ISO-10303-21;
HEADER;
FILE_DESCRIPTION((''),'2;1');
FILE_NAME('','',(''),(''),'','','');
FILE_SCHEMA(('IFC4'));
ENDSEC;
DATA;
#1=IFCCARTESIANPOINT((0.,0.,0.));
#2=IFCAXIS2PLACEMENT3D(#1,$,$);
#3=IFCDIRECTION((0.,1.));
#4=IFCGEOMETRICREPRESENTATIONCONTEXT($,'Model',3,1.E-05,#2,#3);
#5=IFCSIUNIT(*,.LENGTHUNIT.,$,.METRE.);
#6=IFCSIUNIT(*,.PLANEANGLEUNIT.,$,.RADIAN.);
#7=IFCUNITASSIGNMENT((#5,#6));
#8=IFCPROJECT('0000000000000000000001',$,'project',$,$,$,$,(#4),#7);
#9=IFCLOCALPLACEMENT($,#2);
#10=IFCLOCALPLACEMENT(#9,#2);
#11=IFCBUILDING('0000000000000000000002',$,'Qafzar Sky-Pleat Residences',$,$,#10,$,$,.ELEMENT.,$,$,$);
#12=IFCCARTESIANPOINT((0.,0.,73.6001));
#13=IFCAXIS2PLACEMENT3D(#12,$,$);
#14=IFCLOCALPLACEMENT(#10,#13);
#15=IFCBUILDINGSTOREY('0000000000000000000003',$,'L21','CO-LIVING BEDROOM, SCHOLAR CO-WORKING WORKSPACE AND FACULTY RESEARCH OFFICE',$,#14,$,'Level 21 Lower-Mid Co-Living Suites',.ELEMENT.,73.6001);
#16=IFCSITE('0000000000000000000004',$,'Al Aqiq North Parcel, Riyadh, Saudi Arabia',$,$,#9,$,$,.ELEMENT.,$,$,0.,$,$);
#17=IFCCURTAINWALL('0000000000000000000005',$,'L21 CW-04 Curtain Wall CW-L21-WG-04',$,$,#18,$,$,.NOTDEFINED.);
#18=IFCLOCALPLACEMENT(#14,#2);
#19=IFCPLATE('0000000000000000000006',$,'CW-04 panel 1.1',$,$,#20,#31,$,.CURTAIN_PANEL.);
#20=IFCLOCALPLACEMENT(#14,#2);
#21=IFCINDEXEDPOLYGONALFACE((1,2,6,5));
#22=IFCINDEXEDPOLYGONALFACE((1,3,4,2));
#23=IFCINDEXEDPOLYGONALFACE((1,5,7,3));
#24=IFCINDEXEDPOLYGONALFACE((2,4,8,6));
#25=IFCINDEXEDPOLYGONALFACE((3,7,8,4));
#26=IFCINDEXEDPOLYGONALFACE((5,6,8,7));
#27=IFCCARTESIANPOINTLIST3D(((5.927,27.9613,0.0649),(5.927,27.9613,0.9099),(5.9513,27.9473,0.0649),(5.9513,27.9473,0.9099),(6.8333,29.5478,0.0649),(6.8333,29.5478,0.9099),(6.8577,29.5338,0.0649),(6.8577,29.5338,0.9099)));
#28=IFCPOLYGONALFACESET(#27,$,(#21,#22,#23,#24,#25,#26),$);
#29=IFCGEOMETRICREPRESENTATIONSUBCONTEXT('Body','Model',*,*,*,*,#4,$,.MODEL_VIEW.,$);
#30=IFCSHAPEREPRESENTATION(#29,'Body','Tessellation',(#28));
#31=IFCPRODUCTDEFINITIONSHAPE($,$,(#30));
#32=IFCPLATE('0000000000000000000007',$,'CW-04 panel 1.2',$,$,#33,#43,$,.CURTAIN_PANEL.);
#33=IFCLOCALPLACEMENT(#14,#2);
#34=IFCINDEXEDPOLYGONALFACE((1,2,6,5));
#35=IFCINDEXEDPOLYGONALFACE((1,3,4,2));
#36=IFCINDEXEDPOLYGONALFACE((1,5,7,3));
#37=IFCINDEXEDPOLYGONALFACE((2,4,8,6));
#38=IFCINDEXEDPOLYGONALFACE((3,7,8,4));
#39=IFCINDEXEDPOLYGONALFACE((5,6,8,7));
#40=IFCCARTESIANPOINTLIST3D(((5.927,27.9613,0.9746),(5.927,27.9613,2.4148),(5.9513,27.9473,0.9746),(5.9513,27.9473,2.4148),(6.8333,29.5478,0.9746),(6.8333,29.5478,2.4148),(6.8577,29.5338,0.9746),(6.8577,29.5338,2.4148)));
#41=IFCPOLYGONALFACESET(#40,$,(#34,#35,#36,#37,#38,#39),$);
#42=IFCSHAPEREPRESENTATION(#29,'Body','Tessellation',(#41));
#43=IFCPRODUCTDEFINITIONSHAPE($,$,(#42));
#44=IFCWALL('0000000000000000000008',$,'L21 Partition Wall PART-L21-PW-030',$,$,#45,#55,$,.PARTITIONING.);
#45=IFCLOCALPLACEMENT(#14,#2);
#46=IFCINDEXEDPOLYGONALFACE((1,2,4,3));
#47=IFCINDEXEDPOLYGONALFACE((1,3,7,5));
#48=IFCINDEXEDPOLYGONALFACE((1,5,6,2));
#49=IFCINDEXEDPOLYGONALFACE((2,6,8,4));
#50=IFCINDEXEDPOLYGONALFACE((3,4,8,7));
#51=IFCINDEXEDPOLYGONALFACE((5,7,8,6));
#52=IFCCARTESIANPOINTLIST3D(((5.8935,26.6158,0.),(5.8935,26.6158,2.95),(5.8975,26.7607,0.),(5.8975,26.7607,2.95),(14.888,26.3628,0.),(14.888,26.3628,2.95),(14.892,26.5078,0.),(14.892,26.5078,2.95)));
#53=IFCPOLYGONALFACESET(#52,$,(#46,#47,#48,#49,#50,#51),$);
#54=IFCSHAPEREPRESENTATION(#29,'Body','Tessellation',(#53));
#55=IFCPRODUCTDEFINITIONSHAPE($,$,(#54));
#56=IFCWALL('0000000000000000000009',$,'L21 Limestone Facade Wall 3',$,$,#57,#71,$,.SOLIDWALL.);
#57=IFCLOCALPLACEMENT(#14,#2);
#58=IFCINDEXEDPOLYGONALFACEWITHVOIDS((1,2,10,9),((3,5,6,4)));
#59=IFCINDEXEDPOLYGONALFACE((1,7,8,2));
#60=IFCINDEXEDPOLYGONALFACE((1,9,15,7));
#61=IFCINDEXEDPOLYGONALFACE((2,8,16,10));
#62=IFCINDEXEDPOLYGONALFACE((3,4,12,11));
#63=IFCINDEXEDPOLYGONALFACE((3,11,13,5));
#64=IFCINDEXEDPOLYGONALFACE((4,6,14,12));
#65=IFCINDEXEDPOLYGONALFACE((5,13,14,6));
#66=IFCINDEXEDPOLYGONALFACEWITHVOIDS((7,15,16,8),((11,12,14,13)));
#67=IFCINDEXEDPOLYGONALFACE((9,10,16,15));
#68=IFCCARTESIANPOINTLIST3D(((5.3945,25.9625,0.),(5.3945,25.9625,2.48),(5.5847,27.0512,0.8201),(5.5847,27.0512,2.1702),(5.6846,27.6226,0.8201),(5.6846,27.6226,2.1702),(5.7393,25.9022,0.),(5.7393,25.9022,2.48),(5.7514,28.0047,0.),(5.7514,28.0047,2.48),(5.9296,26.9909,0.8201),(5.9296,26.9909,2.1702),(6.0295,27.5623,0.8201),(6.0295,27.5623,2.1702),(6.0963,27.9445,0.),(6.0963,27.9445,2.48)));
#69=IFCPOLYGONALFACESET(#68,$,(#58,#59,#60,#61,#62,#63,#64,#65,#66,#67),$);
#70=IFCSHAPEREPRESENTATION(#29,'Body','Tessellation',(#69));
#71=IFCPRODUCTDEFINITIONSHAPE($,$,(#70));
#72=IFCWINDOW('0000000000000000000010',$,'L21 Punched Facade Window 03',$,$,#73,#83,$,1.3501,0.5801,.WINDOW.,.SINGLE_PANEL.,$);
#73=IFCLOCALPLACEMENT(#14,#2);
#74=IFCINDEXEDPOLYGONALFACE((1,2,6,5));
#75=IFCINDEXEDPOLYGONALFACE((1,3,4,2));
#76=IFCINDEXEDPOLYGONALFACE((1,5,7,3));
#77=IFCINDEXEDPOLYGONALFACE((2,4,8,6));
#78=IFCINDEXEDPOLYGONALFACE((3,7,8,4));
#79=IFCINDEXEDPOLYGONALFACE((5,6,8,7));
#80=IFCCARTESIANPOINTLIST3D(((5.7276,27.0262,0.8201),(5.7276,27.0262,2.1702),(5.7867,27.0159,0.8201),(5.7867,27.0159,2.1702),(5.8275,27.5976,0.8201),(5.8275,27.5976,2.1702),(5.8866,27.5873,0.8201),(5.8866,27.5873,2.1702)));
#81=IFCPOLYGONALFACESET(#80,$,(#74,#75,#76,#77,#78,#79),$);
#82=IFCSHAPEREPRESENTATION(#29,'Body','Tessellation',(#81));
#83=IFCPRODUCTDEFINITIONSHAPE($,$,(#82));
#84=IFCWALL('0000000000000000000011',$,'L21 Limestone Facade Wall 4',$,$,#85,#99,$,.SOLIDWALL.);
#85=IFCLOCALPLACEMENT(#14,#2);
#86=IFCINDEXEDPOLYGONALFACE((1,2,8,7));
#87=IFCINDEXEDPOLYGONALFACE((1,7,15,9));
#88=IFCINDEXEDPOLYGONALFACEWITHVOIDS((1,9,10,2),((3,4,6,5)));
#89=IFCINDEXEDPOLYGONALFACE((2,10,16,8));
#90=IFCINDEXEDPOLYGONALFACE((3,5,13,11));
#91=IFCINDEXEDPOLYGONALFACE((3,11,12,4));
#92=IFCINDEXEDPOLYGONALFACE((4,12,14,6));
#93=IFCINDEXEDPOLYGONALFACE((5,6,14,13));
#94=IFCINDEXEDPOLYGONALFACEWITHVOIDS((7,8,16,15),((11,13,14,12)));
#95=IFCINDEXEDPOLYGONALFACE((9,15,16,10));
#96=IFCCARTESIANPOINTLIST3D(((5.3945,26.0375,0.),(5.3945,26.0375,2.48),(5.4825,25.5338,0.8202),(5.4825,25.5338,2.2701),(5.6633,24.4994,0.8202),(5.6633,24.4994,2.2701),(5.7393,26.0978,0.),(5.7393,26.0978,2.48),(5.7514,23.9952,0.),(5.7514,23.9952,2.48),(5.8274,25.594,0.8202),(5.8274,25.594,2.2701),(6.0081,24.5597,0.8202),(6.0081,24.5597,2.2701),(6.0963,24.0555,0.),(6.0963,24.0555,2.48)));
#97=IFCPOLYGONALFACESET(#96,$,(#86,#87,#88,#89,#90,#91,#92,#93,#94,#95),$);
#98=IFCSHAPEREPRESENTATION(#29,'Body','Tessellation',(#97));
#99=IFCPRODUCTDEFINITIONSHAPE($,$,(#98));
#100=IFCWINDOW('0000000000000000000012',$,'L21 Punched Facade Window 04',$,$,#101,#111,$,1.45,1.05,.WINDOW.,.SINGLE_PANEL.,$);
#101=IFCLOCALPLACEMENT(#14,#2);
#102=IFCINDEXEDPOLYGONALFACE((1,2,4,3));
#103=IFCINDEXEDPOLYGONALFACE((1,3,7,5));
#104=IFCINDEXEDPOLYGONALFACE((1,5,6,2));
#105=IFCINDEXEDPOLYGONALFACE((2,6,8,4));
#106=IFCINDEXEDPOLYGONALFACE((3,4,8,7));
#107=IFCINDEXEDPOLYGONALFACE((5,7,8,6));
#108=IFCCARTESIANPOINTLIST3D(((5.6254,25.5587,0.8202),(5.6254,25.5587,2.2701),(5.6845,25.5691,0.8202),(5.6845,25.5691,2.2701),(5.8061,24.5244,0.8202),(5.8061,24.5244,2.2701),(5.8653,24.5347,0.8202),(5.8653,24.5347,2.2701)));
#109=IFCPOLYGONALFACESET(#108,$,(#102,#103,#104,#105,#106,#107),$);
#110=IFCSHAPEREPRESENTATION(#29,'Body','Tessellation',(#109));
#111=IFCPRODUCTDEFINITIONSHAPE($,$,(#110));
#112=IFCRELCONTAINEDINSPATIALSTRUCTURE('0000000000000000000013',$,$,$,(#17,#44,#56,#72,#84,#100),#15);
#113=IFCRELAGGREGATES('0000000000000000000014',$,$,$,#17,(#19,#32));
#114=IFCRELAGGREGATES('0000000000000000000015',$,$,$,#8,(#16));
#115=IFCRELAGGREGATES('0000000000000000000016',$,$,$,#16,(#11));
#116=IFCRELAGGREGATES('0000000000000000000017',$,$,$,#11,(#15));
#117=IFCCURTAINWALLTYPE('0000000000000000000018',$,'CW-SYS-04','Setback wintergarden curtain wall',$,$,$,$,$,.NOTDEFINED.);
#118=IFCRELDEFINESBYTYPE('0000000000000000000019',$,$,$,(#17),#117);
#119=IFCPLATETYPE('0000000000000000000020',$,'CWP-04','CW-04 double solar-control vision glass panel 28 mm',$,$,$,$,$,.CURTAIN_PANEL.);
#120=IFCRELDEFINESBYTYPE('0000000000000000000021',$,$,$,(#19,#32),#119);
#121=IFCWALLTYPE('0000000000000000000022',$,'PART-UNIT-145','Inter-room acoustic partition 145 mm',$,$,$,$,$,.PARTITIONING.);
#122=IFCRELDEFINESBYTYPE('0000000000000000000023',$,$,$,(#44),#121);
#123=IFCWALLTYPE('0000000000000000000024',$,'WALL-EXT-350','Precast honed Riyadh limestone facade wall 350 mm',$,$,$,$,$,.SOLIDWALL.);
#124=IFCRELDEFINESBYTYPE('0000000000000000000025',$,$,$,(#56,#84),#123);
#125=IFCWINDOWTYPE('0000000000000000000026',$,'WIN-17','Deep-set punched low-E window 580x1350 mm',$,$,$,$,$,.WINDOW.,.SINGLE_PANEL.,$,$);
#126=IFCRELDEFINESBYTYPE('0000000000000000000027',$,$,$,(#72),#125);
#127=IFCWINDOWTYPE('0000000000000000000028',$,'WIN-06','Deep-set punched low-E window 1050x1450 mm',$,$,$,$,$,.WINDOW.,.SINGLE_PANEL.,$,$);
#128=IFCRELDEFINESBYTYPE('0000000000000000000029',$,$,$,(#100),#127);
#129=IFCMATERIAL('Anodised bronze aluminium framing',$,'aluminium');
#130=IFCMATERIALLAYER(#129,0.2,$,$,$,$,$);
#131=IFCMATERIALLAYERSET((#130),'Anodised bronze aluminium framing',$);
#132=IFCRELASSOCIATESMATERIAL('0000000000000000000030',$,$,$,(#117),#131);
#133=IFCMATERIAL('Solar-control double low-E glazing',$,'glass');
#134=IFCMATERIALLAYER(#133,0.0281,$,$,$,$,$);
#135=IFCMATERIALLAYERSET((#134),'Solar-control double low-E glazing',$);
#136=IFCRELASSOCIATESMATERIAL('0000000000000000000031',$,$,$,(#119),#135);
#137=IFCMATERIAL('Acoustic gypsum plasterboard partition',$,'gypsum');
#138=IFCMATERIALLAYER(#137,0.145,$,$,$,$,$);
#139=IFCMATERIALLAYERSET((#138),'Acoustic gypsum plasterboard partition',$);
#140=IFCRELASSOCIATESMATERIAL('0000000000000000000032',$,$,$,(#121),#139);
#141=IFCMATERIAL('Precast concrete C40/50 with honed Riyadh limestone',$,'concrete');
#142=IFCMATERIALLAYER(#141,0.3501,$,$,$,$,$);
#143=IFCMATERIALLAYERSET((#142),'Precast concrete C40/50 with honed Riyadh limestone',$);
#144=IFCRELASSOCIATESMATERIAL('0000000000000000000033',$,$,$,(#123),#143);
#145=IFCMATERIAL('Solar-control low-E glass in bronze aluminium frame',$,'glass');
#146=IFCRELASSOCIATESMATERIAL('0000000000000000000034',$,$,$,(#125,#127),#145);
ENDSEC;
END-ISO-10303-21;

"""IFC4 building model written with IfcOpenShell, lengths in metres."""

from ifc_helpers import new_model, si_unit, direction, frame, frame_2d, origin, origin_2d, place, context, subcontext, project, spatial, rectangle, extrude, source, transform, mapped, material, layer, layer_set, type_object, element, fill, aggregate, save


model = new_model("IFC4")

# Units and contexts
model_context = context("Model", 3, precision=1e-05, world=origin(), true_north=direction((0.0, 1.0)))
body_context = subcontext(model_context, "Body", "Model", "MODEL_VIEW")
ifc_project = project(units=[si_unit("LENGTHUNIT", "METRE"), si_unit("PLANEANGLEUNIT", "RADIAN")], contexts=[model_context])

# Site, building, storey
site_placement = place(None, origin())
site = spatial("IfcSite", under=ifc_project, at=site_placement, Name="Al Aqiq North Parcel, Riyadh, Saudi Arabia", CompositionType="ELEMENT", RefElevation=0.0)
building_placement = place(site_placement, origin())
building = spatial("IfcBuilding", under=site, at=building_placement, Name="Qafzar Sky-Pleat Residences", CompositionType="ELEMENT")
storey_placement = place(building_placement, frame((0.0, 0.0, 73.6001)))
storey = spatial("IfcBuildingStorey", under=building, at=storey_placement, Name="L21", Description="CO-LIVING BEDROOM, SCHOLAR CO-WORKING WORKSPACE AND FACULTY RESEARCH OFFICE", LongName="Level 21 Lower-Mid Co-Living Suites", CompositionType="ELEMENT", Elevation=73.6001)

# Curtain wall
ifc_material_1 = material(Name="Anodised bronze aluminium framing", Category="aluminium")
ifc_layer_1 = layer(ifc_material_1, 0.2)
ifc_layer_set_1 = layer_set([ifc_layer_1], Name="Anodised bronze aluminium framing")
curtain_wall_type = type_object("IfcCurtainWallType", Name="CW-SYS-04", Description="Setback wintergarden curtain wall", PredefinedType="NOTDEFINED", material=ifc_layer_set_1)
curtain_wall_1_placement = place(storey_placement, origin())
curtain_wall_1 = element("IfcCurtainWall", 1, at=curtain_wall_1_placement, inside=storey, type_object=curtain_wall_type, Name="L21 CW-04 Curtain Wall CW-L21-WG-04", PredefinedType="NOTDEFINED")

# Plates
ifc_material_2 = material(Name="Solar-control double low-E glazing", Category="glass")
ifc_layer_2 = layer(ifc_material_2, 0.0281)
ifc_layer_set_2 = layer_set([ifc_layer_2], Name="Solar-control double low-E glazing")
plate_type = type_object("IfcPlateType", Name="CWP-04", Description="CW-04 double solar-control vision glass panel 28 mm", PredefinedType="CURTAIN_PANEL", material=ifc_layer_set_2)
shared_shape_1 = source(origin(), body_context, "Body", "SweptSolid", [
    extrude(rectangle(XDim=1.8271, YDim=0.0281, at=origin_2d()), origin(), (0.0, 0.0, 1.0), 0.845),
])
plate_1_placement = place(storey_placement, frame((6.3923, 28.7476, 0.0649), z_axis=(0.0, 0.0, 1.0), x_axis=(-0.496051, -0.868293, 0.0)))
plate_1 = element("IfcPlate", 2, at=plate_1_placement, type_object=plate_type, Name="CW-04 panel 1.1", PredefinedType="CURTAIN_PANEL", context=body_context, shape_type="MappedRepresentation", body=[
    mapped(shared_shape_1, transform((0.0, 0.0, 0.0), x_axis=(1.0, 0.0, 0.0), y_axis=(0.0, 1.0, 0.0), z_axis=(0.0, 0.0, 1.0), scale=1.0)),
])
shared_shape_2 = source(origin(), body_context, "Body", "SweptSolid", [
    extrude(rectangle(XDim=1.8271, YDim=0.0281, at=origin_2d()), origin(), (0.0, 0.0, 1.0), 1.4402),
])
plate_2_placement = place(storey_placement, frame((6.3923, 28.7476, 0.9746), z_axis=(0.0, 0.0, 1.0), x_axis=(-0.496051, -0.868293, 0.0)))
plate_2 = element("IfcPlate", 3, at=plate_2_placement, type_object=plate_type, Name="CW-04 panel 1.2", PredefinedType="CURTAIN_PANEL", context=body_context, shape_type="MappedRepresentation", body=[
    mapped(shared_shape_2, transform((0.0, 0.0, 0.0), x_axis=(1.0, 0.0, 0.0), y_axis=(0.0, 1.0, 0.0), z_axis=(0.0, 0.0, 1.0), scale=1.0)),
])
aggregate(curtain_wall_1, [plate_1, plate_2])

# Wall
ifc_material_3 = material(Name="Acoustic gypsum plasterboard partition", Category="gypsum")
ifc_layer_3 = layer(ifc_material_3, 0.145)
ifc_layer_set_3 = layer_set([ifc_layer_3], Name="Acoustic gypsum plasterboard partition")
wall_type_1 = type_object("IfcWallType", Name="PART-UNIT-145", Description="Inter-room acoustic partition 145 mm", PredefinedType="PARTITIONING", material=ifc_layer_set_3)
wall_1_placement = place(storey_placement, frame((5.8955, 26.6882, 0.0), z_axis=(0.0, 0.0, 1.0), x_axis=(0.999605, -0.02811, 0.0)))
element("IfcWall", 4, at=wall_1_placement, inside=storey, type_object=wall_type_1, Name="L21 Partition Wall PART-L21-PW-030", PredefinedType="PARTITIONING", context=body_context, shape_type="SweptSolid", body=[
    extrude(rectangle(XDim=8.998, YDim=0.145, at=frame_2d((4.499, 0.0))), origin(), (0.0, 0.0, 1.0), 2.95),
])

# Walls, openings, windows
ifc_material_4 = material(Name="Precast concrete C40/50 with honed Riyadh limestone", Category="concrete")
ifc_layer_4 = layer(ifc_material_4, 0.3501)
ifc_layer_set_4 = layer_set([ifc_layer_4], Name="Precast concrete C40/50 with honed Riyadh limestone")
wall_type_2 = type_object("IfcWallType", Name="WALL-EXT-350", Description="Precast honed Riyadh limestone facade wall 350 mm", PredefinedType="SOLIDWALL", material=ifc_layer_set_4)
wall_2_placement = place(storey_placement, frame((5.9238, 27.9746, 0.0), z_axis=(0.0, 0.0, 1.0), x_axis=(-0.172166, -0.985068, 0.0)))
wall_2 = element("IfcWall", 5, at=wall_2_placement, inside=storey, type_object=wall_type_2, Name="L21 Limestone Facade Wall 3", PredefinedType="SOLIDWALL", context=body_context, shape_type="SweptSolid", body=[
    extrude(rectangle(XDim=2.0732, YDim=0.3501, at=frame_2d((1.0366, 0.0))), origin(), (0.0, 0.0, 1.0), 2.48),
])
opening_1_placement = place(wall_2_placement, frame((0.3879, 0.0, 0.8201)))
opening_1 = element("IfcOpeningElement", 6, at=opening_1_placement, cuts=wall_2, PredefinedType="OPENING", context=body_context, shape_type="SweptSolid", body=[
    extrude(rectangle(XDim=0.5801, YDim=1.3501, at=frame_2d((0.29, 0.675))), frame((0.0, 0.1851, 0.0), z_axis=(0.0, -1.0, 0.0), x_axis=(1.0, 0.0, 0.0)), (0.0, 0.0, 1.0), 0.3701),
])
ifc_material_5 = material(Name="Solar-control low-E glass in bronze aluminium frame", Category="glass")
window_type_1 = type_object("IfcWindowType", Name="WIN-17", Description="Deep-set punched low-E window 580x1350 mm", PartitioningType="SINGLE_PANEL", PredefinedType="WINDOW", material=ifc_material_5)
shared_shape_3 = source(origin(), body_context, "Body", "SweptSolid", [
    extrude(rectangle(XDim=0.5801, YDim=1.3501, at=frame_2d((0.29, 0.675))), frame((0.0, 0.03, 0.0), z_axis=(0.0, -1.0, 0.0), x_axis=(1.0, 0.0, 0.0)), (0.0, 0.0, 1.0), 0.0601),
])
window_1_placement = place(opening_1_placement, origin())
window_1 = element("IfcWindow", 7, at=window_1_placement, inside=storey, type_object=window_type_1, Name="L21 Punched Facade Window 03", OverallHeight=1.3501, OverallWidth=0.5801, PartitioningType="SINGLE_PANEL", PredefinedType="WINDOW", context=body_context, shape_type="MappedRepresentation", body=[
    mapped(shared_shape_3, transform((0.0, 0.0, 0.0), x_axis=(1.0, 0.0, 0.0), y_axis=(0.0, 1.0, 0.0), z_axis=(0.0, 0.0, 1.0), scale=1.0)),
])
fill(opening_1, window_1)
wall_3_placement = place(storey_placement, frame((5.5669, 26.0676, 0.0), z_axis=(0.0, 0.0, 1.0), x_axis=(0.172166, -0.985068, 0.0)))
wall_3 = element("IfcWall", 8, at=wall_3_placement, inside=storey, type_object=wall_type_2, Name="L21 Limestone Facade Wall 4", PredefinedType="SOLIDWALL", context=body_context, shape_type="SweptSolid", body=[
    extrude(rectangle(XDim=2.0732, YDim=0.3501, at=frame_2d((1.0366, 0.0))), origin(), (0.0, 0.0, 1.0), 2.48),
])
opening_2_placement = place(wall_3_placement, frame((0.5115, 0.0, 0.8201)))
opening_2 = element("IfcOpeningElement", 9, at=opening_2_placement, cuts=wall_3, PredefinedType="OPENING", context=body_context, shape_type="SweptSolid", body=[
    extrude(rectangle(XDim=1.05, YDim=1.45, at=frame_2d((0.5249, 0.7251))), frame((0.0, 0.1851, 0.0), z_axis=(0.0, -1.0, 0.0), x_axis=(1.0, 0.0, 0.0)), (0.0, 0.0, 1.0), 0.3701),
])
window_type_2 = type_object("IfcWindowType", Name="WIN-06", Description="Deep-set punched low-E window 1050x1450 mm", PartitioningType="SINGLE_PANEL", PredefinedType="WINDOW", material=ifc_material_5)
shared_shape_4 = source(origin(), body_context, "Body", "SweptSolid", [
    extrude(rectangle(XDim=1.05, YDim=1.45, at=frame_2d((0.5249, 0.7251))), frame((0.0, 0.03, 0.0), z_axis=(0.0, -1.0, 0.0), x_axis=(1.0, 0.0, 0.0)), (0.0, 0.0, 1.0), 0.0601),
])
window_2_placement = place(opening_2_placement, origin())
window_2 = element("IfcWindow", 10, at=window_2_placement, inside=storey, type_object=window_type_2, Name="L21 Punched Facade Window 04", OverallHeight=1.45, OverallWidth=1.05, PartitioningType="SINGLE_PANEL", PredefinedType="WINDOW", context=body_context, shape_type="MappedRepresentation", body=[
    mapped(shared_shape_4, transform((0.0, 0.0, 0.0), x_axis=(1.0, 0.0, 0.0), y_axis=(0.0, 1.0, 0.0), z_axis=(0.0, 0.0, 1.0), scale=1.0)),
])
fill(opening_2, window_2)

save(model, "model.ifc")
